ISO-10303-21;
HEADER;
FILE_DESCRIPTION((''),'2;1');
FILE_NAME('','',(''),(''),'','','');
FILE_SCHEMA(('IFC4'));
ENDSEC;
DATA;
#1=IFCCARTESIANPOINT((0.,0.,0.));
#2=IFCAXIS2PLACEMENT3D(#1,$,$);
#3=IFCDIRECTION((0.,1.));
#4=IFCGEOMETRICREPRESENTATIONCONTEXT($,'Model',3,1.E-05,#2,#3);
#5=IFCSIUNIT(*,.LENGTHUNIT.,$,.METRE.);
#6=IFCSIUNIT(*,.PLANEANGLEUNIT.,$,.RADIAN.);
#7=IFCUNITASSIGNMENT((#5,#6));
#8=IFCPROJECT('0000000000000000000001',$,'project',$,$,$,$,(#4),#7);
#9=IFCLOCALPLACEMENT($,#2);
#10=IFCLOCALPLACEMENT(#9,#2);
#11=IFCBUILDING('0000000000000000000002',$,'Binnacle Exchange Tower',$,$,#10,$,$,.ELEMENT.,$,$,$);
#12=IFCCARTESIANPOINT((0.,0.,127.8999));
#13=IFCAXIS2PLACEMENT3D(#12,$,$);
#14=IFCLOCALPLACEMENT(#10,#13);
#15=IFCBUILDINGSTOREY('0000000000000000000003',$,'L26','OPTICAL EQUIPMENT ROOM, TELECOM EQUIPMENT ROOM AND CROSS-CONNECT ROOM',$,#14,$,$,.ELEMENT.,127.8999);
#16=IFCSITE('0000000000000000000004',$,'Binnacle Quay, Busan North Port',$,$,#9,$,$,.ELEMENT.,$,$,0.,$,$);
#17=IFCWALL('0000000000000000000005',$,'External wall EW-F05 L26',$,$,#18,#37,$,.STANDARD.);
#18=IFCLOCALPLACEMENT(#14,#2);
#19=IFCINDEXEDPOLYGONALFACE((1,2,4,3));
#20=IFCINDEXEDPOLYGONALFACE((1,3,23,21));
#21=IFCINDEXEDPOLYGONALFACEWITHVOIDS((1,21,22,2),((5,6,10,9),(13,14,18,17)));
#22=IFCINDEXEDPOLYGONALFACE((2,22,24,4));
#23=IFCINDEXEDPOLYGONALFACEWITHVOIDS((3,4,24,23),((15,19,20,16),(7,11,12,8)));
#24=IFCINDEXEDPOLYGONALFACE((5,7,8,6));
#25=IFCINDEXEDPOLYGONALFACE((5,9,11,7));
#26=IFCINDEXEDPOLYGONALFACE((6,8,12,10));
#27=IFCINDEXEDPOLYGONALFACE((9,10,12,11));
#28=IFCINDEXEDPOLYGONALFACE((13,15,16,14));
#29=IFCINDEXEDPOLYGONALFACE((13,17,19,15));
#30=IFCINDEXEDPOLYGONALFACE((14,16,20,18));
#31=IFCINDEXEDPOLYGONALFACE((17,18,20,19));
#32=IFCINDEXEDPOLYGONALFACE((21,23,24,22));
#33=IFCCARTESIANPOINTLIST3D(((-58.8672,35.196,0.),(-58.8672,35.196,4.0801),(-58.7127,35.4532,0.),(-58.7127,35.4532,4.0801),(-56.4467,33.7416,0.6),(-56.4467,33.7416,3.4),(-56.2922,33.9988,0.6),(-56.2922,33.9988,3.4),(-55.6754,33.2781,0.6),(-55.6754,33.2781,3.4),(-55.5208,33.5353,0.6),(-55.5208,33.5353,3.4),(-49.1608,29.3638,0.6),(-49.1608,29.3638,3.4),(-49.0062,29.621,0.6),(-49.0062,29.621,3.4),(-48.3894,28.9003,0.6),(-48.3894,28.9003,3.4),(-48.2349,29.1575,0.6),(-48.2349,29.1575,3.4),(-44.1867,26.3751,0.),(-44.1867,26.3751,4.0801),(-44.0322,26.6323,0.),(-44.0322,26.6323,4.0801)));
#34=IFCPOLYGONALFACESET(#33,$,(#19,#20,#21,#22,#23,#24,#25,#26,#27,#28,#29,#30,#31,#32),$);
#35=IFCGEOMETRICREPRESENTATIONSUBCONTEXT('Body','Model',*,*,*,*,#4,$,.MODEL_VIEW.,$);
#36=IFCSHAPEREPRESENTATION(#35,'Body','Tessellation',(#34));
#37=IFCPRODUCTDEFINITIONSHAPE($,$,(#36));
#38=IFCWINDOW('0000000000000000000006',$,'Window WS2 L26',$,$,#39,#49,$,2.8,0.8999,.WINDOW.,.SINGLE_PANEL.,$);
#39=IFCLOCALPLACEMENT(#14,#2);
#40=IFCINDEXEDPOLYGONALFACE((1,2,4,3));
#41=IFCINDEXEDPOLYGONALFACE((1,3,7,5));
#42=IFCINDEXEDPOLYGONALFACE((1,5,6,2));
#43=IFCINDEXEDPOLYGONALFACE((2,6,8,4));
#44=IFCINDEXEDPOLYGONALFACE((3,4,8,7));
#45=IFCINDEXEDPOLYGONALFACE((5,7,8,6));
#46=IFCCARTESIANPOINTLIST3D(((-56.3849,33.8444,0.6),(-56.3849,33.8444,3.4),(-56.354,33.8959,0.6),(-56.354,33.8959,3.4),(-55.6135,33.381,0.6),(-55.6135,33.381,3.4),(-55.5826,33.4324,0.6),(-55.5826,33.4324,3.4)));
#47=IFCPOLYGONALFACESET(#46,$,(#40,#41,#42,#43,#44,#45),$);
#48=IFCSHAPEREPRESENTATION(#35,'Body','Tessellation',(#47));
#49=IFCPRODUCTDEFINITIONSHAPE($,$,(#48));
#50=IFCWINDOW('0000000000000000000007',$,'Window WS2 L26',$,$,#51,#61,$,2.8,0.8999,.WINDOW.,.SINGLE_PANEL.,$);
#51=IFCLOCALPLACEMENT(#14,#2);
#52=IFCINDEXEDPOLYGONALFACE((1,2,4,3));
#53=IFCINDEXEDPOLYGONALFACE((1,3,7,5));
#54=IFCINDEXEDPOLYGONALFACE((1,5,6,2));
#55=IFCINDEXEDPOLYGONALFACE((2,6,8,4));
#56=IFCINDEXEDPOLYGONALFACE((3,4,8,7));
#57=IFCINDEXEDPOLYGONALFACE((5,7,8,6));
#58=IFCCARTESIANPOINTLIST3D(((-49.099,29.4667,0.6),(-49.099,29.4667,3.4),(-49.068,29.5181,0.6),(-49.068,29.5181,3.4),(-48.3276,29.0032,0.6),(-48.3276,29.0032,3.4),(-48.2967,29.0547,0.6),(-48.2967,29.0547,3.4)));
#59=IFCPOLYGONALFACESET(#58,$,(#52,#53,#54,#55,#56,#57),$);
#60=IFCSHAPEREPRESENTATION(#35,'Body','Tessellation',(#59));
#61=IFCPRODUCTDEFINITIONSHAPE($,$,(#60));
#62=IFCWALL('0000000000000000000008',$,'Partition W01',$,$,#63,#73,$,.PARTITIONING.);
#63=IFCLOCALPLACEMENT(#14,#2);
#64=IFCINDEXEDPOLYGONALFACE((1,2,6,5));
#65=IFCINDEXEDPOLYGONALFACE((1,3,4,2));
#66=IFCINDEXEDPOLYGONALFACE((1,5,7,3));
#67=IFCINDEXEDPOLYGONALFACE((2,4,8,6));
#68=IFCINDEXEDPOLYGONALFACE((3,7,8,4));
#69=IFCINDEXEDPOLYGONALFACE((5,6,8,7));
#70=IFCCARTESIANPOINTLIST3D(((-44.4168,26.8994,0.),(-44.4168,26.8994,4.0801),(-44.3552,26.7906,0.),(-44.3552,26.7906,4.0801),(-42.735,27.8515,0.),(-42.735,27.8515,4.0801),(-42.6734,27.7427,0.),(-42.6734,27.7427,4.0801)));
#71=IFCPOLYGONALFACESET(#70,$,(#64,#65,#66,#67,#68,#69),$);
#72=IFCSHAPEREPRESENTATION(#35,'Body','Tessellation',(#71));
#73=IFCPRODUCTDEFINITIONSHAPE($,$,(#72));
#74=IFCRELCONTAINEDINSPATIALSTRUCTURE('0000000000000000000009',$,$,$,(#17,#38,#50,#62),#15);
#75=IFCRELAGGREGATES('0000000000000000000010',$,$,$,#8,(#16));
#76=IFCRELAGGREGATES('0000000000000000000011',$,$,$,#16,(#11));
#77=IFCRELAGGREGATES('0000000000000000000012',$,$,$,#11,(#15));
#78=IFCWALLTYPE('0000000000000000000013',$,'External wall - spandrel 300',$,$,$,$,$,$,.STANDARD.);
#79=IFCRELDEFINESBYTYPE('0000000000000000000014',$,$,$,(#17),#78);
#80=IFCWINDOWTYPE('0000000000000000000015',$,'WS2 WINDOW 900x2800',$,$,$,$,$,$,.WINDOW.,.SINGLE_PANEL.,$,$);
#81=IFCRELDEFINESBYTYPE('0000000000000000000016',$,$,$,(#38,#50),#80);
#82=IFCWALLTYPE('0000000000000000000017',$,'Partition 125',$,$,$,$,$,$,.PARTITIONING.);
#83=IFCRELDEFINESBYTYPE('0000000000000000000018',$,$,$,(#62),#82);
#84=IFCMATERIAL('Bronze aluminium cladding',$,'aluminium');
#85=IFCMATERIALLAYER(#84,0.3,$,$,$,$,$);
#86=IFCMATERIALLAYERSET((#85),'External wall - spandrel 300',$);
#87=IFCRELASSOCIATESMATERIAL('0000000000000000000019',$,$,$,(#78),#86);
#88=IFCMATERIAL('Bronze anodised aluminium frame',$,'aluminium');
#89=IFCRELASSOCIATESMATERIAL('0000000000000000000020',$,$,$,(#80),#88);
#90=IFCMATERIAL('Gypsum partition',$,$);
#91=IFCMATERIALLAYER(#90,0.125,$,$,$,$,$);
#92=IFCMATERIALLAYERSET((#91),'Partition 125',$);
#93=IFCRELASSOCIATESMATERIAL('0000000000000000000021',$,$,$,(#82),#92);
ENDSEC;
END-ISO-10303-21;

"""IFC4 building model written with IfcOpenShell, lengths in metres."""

from ifc_helpers import new_model, si_unit, direction, frame, frame_2d, origin, place, context, subcontext, project, spatial, rectangle, extrude, material, layer, layer_set, type_object, element, fill, save


model = new_model("IFC4")

# Units and contexts
model_context = context("Model", 3, precision=1e-05, world=origin(), true_north=direction((0.0, 1.0)))
body_context = subcontext(model_context, "Body", "Model", "MODEL_VIEW")
ifc_project = project(units=[si_unit("LENGTHUNIT", "METRE"), si_unit("PLANEANGLEUNIT", "RADIAN")], contexts=[model_context])

# Site, building, storey
site_placement = place(None, origin())
site = spatial("IfcSite", under=ifc_project, at=site_placement, Name="Binnacle Quay, Busan North Port", CompositionType="ELEMENT", RefElevation=0.0)
building_placement = place(site_placement, origin())
building = spatial("IfcBuilding", under=site, at=building_placement, Name="Binnacle Exchange Tower", CompositionType="ELEMENT")
storey_placement = place(building_placement, frame((0.0, 0.0, 127.8999)))
storey = spatial("IfcBuildingStorey", under=building, at=storey_placement, Name="L26", Description="OPTICAL EQUIPMENT ROOM, TELECOM EQUIPMENT ROOM AND CROSS-CONNECT ROOM", CompositionType="ELEMENT", Elevation=127.8999)

# Shared definitions
ifc_material_1 = material(Name="Bronze aluminium cladding", Category="aluminium")
ifc_layer_1 = layer(ifc_material_1, 0.3)
ifc_layer_set_1 = layer_set([ifc_layer_1], Name="External wall - spandrel 300")
wall_type_1 = type_object("IfcWallType", Name="External wall - spandrel 300", PredefinedType="STANDARD", material=ifc_layer_set_1)
ifc_material_2 = material(Name="Bronze anodised aluminium frame", Category="aluminium")
window_type = type_object("IfcWindowType", Name="WS2 WINDOW 900x2800", PartitioningType="SINGLE_PANEL", PredefinedType="WINDOW", material=ifc_material_2)

# Wall, openings, windows
wall_1_placement = place(storey_placement, frame((-44.1094, 26.5037, 0.0), z_axis=(0.0, 0.0, 1.0), x_axis=(-0.85717, 0.515034, 0.0)))
wall_1 = element("IfcWall", 1, at=wall_1_placement, inside=storey, type_object=wall_type_1, Name="External wall EW-F05 L26", PredefinedType="STANDARD", context=body_context, shape_type="SweptSolid", body=[
    extrude(rectangle(XDim=17.1267, YDim=0.3, at=frame_2d((8.5635, 0.0))), origin(), (0.0, 0.0, 1.0), 4.0801),
])
opening_1_placement = place(wall_1_placement, frame((13.4031, 0.0, 0.6001)))
opening_1 = element("IfcOpeningElement", 2, at=opening_1_placement, cuts=wall_1, PredefinedType="OPENING", context=body_context, shape_type="SweptSolid", body=[
    extrude(rectangle(XDim=0.8999, YDim=2.8, at=frame_2d((0.45, 1.3999))), frame((0.0, 0.1599, 0.0), z_axis=(0.0, -1.0, 0.0), x_axis=(1.0, 0.0, 0.0)), (0.0, 0.0, 1.0), 0.3201),
])
opening_2_placement = place(wall_1_placement, frame((4.9031, 0.0, 0.6001)))
opening_2 = element("IfcOpeningElement", 3, at=opening_2_placement, cuts=wall_1, PredefinedType="OPENING", context=body_context, shape_type="SweptSolid", body=[
    extrude(rectangle(XDim=0.8999, YDim=2.8, at=frame_2d((0.45, 1.3999))), frame((0.0, 0.1599, 0.0), z_axis=(0.0, -1.0, 0.0), x_axis=(1.0, 0.0, 0.0)), (0.0, 0.0, 1.0), 0.3201),
])
window_1_placement = place(opening_1_placement, origin())
window_1 = element("IfcWindow", 4, at=window_1_placement, inside=storey, type_object=window_type, Name="Window WS2 L26", OverallHeight=2.8, OverallWidth=0.8999, PartitioningType="SINGLE_PANEL", PredefinedType="WINDOW", context=body_context, shape_type="SweptSolid", body=[
    extrude(rectangle(XDim=0.8999, YDim=2.8, at=frame_2d((0.45, 1.3999))), frame((0.0, 0.03, 0.0), z_axis=(0.0, -1.0, 0.0), x_axis=(1.0, 0.0, 0.0)), (0.0, 0.0, 1.0), 0.0601),
])
fill(opening_1, window_1)
window_2_placement = place(opening_2_placement, origin())
window_2 = element("IfcWindow", 5, at=window_2_placement, inside=storey, type_object=window_type, Name="Window WS2 L26", OverallHeight=2.8, OverallWidth=0.8999, PartitioningType="SINGLE_PANEL", PredefinedType="WINDOW", context=body_context, shape_type="SweptSolid", body=[
    extrude(rectangle(XDim=0.8999, YDim=2.8, at=frame_2d((0.45, 1.3999))), frame((0.0, 0.03, 0.0), z_axis=(0.0, -1.0, 0.0), x_axis=(1.0, 0.0, 0.0)), (0.0, 0.0, 1.0), 0.0601),
])
fill(opening_2, window_2)

# Wall
ifc_material_3 = material(Name="Gypsum partition")
ifc_layer_2 = layer(ifc_material_3, 0.125)
ifc_layer_set_2 = layer_set([ifc_layer_2], Name="Partition 125")
wall_type_2 = type_object("IfcWallType", Name="Partition 125", PredefinedType="PARTITIONING", material=ifc_layer_set_2)
wall_2_placement = place(storey_placement, frame((-44.386, 26.845, 0.0), z_axis=(0.0, 0.0, 1.0), x_axis=(0.870226, 0.492652, 0.0)))
element("IfcWall", 6, at=wall_2_placement, inside=storey, type_object=wall_type_2, Name="Partition W01", PredefinedType="PARTITIONING", context=body_context, shape_type="SweptSolid", body=[
    extrude(rectangle(XDim=1.9326, YDim=0.125, at=frame_2d((0.9663, 0.0))), origin(), (0.0, 0.0, 1.0), 4.0801),
])

save(model, "model.ifc")
